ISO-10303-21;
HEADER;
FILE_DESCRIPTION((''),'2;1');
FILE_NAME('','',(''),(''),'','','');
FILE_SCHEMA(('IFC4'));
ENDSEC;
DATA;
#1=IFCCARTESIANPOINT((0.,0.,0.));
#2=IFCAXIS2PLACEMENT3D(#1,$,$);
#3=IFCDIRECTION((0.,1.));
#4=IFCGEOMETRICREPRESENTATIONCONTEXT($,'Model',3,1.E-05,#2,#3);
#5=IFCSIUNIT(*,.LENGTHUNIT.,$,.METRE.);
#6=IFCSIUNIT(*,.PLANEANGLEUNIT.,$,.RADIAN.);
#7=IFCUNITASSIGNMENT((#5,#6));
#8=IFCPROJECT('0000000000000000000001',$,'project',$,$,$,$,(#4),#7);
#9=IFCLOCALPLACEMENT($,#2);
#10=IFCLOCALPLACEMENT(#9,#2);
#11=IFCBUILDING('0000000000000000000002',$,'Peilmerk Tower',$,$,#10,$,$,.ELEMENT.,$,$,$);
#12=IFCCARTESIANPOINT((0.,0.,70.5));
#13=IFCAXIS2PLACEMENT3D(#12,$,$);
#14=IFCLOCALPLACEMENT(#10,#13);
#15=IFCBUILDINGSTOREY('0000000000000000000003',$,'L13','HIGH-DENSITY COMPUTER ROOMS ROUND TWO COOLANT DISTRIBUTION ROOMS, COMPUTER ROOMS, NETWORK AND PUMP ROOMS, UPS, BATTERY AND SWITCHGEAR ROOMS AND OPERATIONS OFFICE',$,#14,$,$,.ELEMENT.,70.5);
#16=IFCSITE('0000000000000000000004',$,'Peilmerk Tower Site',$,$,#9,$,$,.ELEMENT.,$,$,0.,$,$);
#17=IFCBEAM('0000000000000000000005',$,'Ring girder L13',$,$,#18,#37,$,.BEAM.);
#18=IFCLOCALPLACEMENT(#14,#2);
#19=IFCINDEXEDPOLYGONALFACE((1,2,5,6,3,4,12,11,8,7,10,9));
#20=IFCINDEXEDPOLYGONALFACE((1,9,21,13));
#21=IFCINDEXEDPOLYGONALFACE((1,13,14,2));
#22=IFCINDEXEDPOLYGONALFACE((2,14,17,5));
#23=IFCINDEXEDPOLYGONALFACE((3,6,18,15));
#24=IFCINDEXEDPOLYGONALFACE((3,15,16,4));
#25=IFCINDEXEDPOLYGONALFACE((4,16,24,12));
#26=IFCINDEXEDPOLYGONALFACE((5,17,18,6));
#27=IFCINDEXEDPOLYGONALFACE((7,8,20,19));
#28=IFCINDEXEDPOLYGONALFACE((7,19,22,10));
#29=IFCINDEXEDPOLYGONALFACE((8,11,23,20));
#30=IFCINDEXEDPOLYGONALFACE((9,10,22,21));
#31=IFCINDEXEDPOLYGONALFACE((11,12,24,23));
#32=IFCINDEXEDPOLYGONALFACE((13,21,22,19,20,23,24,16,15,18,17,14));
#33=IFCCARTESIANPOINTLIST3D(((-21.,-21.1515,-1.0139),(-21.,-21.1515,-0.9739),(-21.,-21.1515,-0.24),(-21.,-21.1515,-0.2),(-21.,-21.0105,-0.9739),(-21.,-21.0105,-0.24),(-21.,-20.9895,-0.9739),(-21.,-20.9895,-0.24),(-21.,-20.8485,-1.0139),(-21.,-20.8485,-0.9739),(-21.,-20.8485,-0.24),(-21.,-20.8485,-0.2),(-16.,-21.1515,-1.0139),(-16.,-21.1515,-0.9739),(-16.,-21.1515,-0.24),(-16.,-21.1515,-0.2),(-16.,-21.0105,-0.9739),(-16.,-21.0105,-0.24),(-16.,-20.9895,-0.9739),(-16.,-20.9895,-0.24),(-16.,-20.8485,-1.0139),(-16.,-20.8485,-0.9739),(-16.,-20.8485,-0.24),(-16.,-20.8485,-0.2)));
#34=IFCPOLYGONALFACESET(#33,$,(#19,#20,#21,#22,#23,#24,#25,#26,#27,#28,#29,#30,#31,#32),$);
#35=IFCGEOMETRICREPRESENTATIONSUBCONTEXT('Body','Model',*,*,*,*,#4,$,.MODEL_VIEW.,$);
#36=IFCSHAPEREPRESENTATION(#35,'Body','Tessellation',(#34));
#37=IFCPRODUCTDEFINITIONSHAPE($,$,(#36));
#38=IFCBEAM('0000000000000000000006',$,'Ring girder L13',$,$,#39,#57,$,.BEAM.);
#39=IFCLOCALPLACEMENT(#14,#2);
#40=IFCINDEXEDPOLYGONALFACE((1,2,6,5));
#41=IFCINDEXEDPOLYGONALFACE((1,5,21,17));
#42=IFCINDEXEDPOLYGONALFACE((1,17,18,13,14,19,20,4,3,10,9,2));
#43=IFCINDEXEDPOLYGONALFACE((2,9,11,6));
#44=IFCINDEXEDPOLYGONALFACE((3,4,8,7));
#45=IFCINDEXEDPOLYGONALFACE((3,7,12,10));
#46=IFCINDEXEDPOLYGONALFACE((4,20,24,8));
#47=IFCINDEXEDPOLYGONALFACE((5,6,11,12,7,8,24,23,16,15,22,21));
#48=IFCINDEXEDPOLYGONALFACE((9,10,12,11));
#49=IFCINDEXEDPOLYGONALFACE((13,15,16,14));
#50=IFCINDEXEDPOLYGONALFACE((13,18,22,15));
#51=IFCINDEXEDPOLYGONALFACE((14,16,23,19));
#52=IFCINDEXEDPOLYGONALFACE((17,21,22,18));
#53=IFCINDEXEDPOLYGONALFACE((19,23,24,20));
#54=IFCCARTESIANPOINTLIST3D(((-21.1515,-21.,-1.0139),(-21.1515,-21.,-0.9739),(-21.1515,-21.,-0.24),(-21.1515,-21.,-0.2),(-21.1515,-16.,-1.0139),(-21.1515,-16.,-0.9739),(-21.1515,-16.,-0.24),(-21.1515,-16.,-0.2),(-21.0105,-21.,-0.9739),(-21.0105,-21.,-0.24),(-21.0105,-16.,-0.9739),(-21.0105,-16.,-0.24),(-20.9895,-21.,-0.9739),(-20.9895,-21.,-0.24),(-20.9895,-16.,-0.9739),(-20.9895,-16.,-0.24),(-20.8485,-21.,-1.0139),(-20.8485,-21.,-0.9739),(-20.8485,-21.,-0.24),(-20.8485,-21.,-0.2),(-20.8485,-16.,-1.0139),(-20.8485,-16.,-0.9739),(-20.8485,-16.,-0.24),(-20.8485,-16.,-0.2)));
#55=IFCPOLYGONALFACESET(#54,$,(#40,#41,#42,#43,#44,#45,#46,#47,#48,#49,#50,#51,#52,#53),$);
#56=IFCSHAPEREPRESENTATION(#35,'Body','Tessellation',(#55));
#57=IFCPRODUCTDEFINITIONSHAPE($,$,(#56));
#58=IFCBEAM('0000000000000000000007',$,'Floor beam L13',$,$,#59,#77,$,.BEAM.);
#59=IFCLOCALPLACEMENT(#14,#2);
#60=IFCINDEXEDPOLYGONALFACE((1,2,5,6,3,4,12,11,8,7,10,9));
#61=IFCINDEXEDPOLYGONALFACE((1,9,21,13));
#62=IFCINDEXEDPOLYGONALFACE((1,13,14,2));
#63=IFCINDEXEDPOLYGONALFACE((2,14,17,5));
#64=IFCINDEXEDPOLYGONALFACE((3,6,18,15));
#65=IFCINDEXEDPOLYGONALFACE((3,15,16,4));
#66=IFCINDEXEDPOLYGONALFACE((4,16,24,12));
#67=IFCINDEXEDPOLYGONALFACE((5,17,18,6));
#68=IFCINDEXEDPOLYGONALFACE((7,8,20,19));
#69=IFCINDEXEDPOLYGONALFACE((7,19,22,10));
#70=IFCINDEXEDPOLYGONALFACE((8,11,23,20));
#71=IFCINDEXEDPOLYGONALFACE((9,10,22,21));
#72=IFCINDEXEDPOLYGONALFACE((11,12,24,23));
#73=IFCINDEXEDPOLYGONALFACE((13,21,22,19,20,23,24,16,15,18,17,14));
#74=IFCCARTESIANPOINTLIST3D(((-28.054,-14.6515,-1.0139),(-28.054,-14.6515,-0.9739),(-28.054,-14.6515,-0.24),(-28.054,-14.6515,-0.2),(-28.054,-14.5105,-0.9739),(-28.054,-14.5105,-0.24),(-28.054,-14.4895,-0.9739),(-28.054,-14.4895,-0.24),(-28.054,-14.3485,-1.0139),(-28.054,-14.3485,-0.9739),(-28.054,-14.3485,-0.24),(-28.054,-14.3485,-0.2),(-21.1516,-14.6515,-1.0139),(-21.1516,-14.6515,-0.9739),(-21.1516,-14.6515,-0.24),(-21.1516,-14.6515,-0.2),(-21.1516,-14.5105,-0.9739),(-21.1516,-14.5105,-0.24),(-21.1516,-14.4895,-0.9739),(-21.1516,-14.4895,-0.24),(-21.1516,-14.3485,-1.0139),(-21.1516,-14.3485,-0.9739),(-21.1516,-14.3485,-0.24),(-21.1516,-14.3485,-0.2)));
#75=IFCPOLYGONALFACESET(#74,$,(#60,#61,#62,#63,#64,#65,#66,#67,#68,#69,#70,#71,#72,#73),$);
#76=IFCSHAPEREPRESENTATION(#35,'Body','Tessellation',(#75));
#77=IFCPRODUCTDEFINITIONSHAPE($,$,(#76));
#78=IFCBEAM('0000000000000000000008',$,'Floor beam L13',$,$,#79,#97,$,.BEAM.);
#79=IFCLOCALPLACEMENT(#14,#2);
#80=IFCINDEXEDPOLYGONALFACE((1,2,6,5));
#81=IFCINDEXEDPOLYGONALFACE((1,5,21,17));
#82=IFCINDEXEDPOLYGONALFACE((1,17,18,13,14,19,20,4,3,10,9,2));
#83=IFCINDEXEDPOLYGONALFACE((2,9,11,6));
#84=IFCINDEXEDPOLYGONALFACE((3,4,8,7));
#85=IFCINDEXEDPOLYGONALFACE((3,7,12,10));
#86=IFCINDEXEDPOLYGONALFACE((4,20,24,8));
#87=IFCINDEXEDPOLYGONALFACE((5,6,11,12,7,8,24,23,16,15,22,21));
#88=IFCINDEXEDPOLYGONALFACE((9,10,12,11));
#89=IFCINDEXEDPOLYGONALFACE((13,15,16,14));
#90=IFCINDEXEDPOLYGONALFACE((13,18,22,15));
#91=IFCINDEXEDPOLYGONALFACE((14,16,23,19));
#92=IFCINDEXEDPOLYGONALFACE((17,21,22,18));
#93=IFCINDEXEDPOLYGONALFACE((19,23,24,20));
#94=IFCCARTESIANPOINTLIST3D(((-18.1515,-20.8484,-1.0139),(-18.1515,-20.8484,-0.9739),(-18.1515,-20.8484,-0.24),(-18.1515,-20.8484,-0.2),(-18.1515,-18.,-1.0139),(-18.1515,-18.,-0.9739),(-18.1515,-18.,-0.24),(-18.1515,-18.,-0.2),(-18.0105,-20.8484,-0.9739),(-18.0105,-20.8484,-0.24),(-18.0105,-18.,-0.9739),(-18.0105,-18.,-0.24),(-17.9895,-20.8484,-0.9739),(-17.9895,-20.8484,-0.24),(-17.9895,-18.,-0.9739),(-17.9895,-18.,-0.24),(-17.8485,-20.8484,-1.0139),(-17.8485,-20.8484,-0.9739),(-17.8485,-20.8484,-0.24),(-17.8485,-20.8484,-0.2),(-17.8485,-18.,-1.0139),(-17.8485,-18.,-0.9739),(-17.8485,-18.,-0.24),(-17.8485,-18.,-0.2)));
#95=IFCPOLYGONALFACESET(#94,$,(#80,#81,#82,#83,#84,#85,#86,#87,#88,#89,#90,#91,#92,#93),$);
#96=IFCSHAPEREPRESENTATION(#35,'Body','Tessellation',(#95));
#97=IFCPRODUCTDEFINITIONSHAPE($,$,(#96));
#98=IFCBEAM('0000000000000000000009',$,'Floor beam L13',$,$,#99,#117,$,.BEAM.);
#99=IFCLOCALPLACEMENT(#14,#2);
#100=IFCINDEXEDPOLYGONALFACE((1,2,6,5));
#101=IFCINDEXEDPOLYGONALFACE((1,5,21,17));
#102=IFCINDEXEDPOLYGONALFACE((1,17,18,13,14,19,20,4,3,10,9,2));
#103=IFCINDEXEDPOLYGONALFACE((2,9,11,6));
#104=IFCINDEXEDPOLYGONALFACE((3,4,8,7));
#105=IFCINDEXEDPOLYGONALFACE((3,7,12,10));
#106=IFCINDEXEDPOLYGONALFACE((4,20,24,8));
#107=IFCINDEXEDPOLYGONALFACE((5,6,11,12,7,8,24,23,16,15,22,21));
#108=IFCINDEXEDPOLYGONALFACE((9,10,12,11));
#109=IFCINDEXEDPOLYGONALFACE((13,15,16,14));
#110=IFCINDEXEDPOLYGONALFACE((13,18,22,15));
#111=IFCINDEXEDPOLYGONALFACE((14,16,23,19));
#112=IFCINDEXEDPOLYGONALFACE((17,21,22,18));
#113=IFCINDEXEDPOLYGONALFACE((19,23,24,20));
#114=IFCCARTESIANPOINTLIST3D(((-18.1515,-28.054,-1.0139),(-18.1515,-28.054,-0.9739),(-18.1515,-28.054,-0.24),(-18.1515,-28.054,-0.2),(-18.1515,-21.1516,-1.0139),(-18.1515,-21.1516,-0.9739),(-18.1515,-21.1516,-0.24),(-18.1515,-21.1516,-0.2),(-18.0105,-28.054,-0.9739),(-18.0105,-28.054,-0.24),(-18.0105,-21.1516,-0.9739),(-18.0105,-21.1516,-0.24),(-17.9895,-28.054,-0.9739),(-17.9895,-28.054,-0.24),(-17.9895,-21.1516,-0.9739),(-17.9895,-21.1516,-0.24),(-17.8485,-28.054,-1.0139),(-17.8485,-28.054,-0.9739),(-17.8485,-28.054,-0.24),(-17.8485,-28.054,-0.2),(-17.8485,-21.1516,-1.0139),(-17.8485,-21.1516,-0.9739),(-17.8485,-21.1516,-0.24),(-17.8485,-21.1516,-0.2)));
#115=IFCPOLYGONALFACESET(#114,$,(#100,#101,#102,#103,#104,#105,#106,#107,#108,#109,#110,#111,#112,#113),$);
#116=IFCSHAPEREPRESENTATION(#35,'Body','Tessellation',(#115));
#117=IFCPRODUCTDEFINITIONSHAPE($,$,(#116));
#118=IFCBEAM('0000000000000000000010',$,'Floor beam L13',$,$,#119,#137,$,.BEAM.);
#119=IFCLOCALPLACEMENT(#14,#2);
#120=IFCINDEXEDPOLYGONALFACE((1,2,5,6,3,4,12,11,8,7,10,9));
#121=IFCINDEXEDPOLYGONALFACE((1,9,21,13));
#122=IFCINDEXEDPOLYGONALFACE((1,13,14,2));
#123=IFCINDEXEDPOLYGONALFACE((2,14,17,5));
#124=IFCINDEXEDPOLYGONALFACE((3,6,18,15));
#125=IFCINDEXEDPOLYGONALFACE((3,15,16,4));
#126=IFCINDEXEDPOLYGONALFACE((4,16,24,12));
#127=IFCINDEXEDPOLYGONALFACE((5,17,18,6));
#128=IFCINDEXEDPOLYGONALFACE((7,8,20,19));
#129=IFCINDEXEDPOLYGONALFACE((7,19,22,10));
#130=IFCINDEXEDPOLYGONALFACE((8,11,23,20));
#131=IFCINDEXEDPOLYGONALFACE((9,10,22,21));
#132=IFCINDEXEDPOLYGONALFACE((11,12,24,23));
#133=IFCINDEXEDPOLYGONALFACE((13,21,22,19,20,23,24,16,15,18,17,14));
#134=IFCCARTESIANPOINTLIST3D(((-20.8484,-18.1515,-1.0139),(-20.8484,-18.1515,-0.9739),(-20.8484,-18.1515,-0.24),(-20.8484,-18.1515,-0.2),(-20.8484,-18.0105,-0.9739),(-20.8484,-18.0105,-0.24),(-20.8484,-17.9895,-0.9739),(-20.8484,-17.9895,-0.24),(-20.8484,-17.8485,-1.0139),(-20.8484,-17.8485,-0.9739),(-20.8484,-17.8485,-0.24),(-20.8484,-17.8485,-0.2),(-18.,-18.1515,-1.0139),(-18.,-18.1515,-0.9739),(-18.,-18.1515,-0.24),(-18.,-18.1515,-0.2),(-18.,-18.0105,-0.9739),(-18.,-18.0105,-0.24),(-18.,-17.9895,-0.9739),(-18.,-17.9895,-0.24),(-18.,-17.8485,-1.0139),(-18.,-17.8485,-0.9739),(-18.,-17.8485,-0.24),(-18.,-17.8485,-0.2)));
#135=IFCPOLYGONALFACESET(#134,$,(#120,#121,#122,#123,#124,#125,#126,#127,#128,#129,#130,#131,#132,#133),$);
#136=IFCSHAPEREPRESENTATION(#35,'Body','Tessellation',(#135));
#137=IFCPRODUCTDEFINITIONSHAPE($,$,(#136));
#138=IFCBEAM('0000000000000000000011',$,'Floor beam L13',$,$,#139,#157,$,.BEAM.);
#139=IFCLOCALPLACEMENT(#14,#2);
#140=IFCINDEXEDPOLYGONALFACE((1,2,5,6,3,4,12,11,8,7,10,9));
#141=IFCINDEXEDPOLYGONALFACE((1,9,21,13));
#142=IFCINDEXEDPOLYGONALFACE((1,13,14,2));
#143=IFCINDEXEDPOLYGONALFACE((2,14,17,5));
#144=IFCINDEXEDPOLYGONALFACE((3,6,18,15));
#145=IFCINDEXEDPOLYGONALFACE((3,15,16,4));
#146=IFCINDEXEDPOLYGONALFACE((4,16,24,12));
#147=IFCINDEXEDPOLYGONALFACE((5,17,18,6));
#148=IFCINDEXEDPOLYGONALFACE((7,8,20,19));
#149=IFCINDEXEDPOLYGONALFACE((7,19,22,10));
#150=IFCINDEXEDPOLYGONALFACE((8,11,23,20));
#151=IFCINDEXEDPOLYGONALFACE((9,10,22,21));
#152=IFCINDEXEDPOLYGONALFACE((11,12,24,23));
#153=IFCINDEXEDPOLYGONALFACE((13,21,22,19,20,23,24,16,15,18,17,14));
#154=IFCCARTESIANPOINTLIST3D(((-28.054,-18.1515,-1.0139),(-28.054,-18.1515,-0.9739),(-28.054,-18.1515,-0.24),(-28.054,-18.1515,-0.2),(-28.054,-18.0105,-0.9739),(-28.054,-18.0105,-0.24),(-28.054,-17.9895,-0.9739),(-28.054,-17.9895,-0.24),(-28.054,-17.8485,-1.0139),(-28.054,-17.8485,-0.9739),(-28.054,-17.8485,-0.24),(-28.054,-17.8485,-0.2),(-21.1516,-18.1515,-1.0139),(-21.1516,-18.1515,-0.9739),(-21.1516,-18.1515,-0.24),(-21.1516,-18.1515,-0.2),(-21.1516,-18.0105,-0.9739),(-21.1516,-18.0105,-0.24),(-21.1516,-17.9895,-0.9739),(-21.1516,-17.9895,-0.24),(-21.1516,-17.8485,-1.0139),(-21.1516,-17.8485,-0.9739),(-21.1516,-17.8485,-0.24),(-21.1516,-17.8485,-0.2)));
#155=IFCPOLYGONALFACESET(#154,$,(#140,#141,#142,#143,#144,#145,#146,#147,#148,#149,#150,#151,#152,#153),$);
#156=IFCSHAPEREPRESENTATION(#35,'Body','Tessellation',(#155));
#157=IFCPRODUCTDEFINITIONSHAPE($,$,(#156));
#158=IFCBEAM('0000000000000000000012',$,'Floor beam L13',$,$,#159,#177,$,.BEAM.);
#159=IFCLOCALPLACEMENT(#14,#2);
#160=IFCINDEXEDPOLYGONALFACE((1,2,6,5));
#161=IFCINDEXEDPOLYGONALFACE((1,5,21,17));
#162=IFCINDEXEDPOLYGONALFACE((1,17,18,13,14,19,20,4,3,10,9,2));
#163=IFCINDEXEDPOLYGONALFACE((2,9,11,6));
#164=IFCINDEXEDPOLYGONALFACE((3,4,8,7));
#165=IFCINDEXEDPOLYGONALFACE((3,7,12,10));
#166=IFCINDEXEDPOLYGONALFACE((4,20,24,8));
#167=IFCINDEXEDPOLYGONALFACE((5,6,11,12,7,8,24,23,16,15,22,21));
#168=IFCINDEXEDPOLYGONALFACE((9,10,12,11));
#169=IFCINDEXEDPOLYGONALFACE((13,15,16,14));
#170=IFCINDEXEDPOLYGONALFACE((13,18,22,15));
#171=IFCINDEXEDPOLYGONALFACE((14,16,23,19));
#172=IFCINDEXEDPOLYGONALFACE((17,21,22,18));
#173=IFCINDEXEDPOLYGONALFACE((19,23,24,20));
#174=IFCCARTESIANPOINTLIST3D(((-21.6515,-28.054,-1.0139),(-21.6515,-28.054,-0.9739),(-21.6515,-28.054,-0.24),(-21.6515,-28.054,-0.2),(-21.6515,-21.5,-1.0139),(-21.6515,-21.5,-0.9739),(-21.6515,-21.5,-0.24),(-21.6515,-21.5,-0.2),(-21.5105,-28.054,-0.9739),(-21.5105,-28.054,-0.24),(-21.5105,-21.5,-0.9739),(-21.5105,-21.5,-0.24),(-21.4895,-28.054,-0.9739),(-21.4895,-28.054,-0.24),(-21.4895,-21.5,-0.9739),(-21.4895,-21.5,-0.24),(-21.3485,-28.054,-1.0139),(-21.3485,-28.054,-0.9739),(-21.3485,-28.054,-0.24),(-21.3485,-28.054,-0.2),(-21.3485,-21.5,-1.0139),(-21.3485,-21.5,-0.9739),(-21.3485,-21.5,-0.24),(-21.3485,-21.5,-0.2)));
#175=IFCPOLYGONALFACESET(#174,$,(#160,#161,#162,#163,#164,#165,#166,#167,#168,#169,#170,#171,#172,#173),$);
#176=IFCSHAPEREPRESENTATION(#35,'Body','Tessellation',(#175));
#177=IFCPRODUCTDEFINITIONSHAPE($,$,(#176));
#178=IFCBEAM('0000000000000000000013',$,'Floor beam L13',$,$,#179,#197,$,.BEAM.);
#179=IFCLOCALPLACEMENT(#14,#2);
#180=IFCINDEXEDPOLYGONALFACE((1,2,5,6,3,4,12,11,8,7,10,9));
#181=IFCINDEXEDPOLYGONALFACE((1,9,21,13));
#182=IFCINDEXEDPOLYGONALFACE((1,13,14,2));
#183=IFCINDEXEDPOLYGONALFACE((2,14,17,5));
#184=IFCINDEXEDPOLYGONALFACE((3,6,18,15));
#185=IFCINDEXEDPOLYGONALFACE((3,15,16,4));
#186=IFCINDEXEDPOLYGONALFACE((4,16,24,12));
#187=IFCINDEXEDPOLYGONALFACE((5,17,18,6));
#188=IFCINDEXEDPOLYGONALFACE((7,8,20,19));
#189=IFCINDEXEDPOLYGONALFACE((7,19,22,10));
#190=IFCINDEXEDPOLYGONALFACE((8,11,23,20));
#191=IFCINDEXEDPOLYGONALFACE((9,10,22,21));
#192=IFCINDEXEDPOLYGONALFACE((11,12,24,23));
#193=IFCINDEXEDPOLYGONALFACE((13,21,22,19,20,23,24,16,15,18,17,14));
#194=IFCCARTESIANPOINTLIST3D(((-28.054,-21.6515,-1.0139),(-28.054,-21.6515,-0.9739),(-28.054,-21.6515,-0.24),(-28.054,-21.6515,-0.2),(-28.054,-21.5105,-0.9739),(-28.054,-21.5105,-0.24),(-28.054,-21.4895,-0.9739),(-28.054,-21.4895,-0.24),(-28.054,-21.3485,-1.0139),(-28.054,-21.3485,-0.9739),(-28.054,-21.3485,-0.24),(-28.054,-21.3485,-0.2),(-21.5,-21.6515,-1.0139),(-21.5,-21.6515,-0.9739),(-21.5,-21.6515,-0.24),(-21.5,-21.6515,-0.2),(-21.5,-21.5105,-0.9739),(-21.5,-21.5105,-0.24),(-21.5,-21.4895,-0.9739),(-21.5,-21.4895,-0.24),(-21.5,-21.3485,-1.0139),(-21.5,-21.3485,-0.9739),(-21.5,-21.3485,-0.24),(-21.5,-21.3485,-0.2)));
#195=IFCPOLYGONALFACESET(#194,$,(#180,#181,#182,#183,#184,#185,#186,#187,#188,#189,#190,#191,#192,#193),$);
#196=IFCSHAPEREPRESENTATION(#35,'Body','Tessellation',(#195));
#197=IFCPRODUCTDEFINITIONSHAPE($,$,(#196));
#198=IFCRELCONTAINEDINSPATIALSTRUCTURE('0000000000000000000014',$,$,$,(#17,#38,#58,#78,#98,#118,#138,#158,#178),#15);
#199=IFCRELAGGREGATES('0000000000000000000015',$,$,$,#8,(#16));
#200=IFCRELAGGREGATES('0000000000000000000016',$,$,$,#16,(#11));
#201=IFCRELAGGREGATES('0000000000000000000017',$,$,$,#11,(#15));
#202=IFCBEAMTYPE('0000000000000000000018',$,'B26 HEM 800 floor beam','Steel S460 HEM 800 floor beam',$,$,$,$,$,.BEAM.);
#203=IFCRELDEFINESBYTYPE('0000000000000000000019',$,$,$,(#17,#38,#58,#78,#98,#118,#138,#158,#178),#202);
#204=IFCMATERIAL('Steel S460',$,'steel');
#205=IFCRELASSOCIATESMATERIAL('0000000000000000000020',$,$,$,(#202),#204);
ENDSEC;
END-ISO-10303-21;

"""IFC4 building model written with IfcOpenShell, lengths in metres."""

from ifc_helpers import new_model, si_unit, direction, frame, origin, origin_2d, place, context, subcontext, project, spatial, i_section, extrude, material, material_profile, profile_set, type_object, element, save


model = new_model("IFC4")

# Units and contexts
model_context = context("Model", 3, precision=1e-05, world=origin(), true_north=direction((0.0, 1.0)))
body_context = subcontext(model_context, "Body", "Model", "MODEL_VIEW")
ifc_project = project(units=[si_unit("LENGTHUNIT", "METRE"), si_unit("PLANEANGLEUNIT", "RADIAN")], contexts=[model_context])

# Site, building, storey
site_placement = place(None, origin())
site = spatial("IfcSite", under=ifc_project, at=site_placement, Name="Peilmerk Tower Site", CompositionType="ELEMENT", RefElevation=0.0)
building_placement = place(site_placement, origin())
building = spatial("IfcBuilding", under=site, at=building_placement, Name="Peilmerk Tower", CompositionType="ELEMENT")
storey_placement = place(building_placement, frame((0.0, 0.0, 70.5)))
storey = spatial("IfcBuildingStorey", under=building, at=storey_placement, Name="L13", Description="HIGH-DENSITY COMPUTER ROOMS ROUND TWO COOLANT DISTRIBUTION ROOMS, COMPUTER ROOMS, NETWORK AND PUMP ROOMS, UPS, BATTERY AND SWITCHGEAR ROOMS AND OPERATIONS OFFICE", CompositionType="ELEMENT", Elevation=70.5)

# Beams
ifc_material_1 = material(Name="Steel S460", Category="steel")
ifc_material_profile_1 = material_profile(ifc_material_1, i_section(OverallWidth=0.303, OverallDepth=0.814, WebThickness=0.021, FlangeThickness=0.04, at=origin_2d()), Name="HEM 800")
ifc_profile_set_1 = profile_set([ifc_material_profile_1], Name="Steel S460")
beam_type_1 = type_object("IfcBeamType", Name="B26 HEM 800 floor beam", Description="Steel S460 HEM 800 floor beam", PredefinedType="BEAM", material=ifc_profile_set_1)
for number, where, z_axis, x_axis, name in (
    (1, (-21.0, -21.0, -0.6069), (1.0, 0.0, 0.0), (0.0, 1.0, 0.0), "Ring girder L13"),
    (2, (-21.0, -16.0, -0.6069), (0.0, -1.0, 0.0), (1.0, 0.0, 0.0), "Ring girder L13"),
):
    element("IfcBeam", number, at=place(storey_placement, frame(where, z_axis=z_axis, x_axis=x_axis)), inside=storey, type_object=beam_type_1, Name=name, PredefinedType="BEAM", context=body_context, shape_type="SweptSolid", body=[
        extrude(i_section(OverallWidth=0.303, OverallDepth=0.814, WebThickness=0.021, FlangeThickness=0.04, at=origin_2d()), origin(), (0.0, 0.0, 1.0), 5.0),
    ])
beam_1_placement = place(storey_placement, frame((-21.1516, -14.5, -0.6069), z_axis=(-1.0, 0.0, 0.0), x_axis=(0.0, -1.0, 0.0)))
element("IfcBeam", 3, at=beam_1_placement, inside=storey, type_object=beam_type_1, Name="Floor beam L13", PredefinedType="BEAM", context=body_context, shape_type="SweptSolid", body=[
    extrude(i_section(OverallWidth=0.303, OverallDepth=0.814, WebThickness=0.021, FlangeThickness=0.04, at=origin_2d()), origin(), (0.0, 0.0, 1.0), 6.9023),
])
beam_2_placement = place(storey_placement, frame((-18.0, -18.0, -0.6069), z_axis=(0.0, -1.0, 0.0), x_axis=(1.0, 0.0, 0.0)))
element("IfcBeam", 4, at=beam_2_placement, inside=storey, type_object=beam_type_1, Name="Floor beam L13", PredefinedType="BEAM", context=body_context, shape_type="SweptSolid", body=[
    extrude(i_section(OverallWidth=0.303, OverallDepth=0.814, WebThickness=0.021, FlangeThickness=0.04, at=origin_2d()), origin(), (0.0, 0.0, 1.0), 2.8484),
])
beam_3_placement = place(storey_placement, frame((-18.0, -21.1516, -0.6069), z_axis=(0.0, -1.0, 0.0), x_axis=(1.0, 0.0, 0.0)))
element("IfcBeam", 5, at=beam_3_placement, inside=storey, type_object=beam_type_1, Name="Floor beam L13", PredefinedType="BEAM", context=body_context, shape_type="SweptSolid", body=[
    extrude(i_section(OverallWidth=0.303, OverallDepth=0.814, WebThickness=0.021, FlangeThickness=0.04, at=origin_2d()), origin(), (0.0, 0.0, 1.0), 6.9023),
])
beam_4_placement = place(storey_placement, frame((-18.0, -18.0, -0.6069), z_axis=(-1.0, 0.0, 0.0), x_axis=(0.0, -1.0, 0.0)))
element("IfcBeam", 6, at=beam_4_placement, inside=storey, type_object=beam_type_1, Name="Floor beam L13", PredefinedType="BEAM", context=body_context, shape_type="SweptSolid", body=[
    extrude(i_section(OverallWidth=0.303, OverallDepth=0.814, WebThickness=0.021, FlangeThickness=0.04, at=origin_2d()), origin(), (0.0, 0.0, 1.0), 2.8484),
])
beam_5_placement = place(storey_placement, frame((-21.1516, -18.0, -0.6069), z_axis=(-1.0, 0.0, 0.0), x_axis=(0.0, -1.0, 0.0)))
element("IfcBeam", 7, at=beam_5_placement, inside=storey, type_object=beam_type_1, Name="Floor beam L13", PredefinedType="BEAM", context=body_context, shape_type="SweptSolid", body=[
    extrude(i_section(OverallWidth=0.303, OverallDepth=0.814, WebThickness=0.021, FlangeThickness=0.04, at=origin_2d()), origin(), (0.0, 0.0, 1.0), 6.9023),
])
for number, where, z_axis, x_axis, name in (
    (8, (-21.5, -21.5, -0.6069), (0.0, -1.0, 0.0), (1.0, 0.0, 0.0), "Floor beam L13"),
    (9, (-21.5, -21.5, -0.6069), (-1.0, 0.0, 0.0), (0.0, -1.0, 0.0), "Floor beam L13"),
):
    element("IfcBeam", number, at=place(storey_placement, frame(where, z_axis=z_axis, x_axis=x_axis)), inside=storey, type_object=beam_type_1, Name=name, PredefinedType="BEAM", context=body_context, shape_type="SweptSolid", body=[
        extrude(i_section(OverallWidth=0.303, OverallDepth=0.814, WebThickness=0.021, FlangeThickness=0.04, at=origin_2d()), origin(), (0.0, 0.0, 1.0), 6.554),
    ])

save(model, "model.ifc")
